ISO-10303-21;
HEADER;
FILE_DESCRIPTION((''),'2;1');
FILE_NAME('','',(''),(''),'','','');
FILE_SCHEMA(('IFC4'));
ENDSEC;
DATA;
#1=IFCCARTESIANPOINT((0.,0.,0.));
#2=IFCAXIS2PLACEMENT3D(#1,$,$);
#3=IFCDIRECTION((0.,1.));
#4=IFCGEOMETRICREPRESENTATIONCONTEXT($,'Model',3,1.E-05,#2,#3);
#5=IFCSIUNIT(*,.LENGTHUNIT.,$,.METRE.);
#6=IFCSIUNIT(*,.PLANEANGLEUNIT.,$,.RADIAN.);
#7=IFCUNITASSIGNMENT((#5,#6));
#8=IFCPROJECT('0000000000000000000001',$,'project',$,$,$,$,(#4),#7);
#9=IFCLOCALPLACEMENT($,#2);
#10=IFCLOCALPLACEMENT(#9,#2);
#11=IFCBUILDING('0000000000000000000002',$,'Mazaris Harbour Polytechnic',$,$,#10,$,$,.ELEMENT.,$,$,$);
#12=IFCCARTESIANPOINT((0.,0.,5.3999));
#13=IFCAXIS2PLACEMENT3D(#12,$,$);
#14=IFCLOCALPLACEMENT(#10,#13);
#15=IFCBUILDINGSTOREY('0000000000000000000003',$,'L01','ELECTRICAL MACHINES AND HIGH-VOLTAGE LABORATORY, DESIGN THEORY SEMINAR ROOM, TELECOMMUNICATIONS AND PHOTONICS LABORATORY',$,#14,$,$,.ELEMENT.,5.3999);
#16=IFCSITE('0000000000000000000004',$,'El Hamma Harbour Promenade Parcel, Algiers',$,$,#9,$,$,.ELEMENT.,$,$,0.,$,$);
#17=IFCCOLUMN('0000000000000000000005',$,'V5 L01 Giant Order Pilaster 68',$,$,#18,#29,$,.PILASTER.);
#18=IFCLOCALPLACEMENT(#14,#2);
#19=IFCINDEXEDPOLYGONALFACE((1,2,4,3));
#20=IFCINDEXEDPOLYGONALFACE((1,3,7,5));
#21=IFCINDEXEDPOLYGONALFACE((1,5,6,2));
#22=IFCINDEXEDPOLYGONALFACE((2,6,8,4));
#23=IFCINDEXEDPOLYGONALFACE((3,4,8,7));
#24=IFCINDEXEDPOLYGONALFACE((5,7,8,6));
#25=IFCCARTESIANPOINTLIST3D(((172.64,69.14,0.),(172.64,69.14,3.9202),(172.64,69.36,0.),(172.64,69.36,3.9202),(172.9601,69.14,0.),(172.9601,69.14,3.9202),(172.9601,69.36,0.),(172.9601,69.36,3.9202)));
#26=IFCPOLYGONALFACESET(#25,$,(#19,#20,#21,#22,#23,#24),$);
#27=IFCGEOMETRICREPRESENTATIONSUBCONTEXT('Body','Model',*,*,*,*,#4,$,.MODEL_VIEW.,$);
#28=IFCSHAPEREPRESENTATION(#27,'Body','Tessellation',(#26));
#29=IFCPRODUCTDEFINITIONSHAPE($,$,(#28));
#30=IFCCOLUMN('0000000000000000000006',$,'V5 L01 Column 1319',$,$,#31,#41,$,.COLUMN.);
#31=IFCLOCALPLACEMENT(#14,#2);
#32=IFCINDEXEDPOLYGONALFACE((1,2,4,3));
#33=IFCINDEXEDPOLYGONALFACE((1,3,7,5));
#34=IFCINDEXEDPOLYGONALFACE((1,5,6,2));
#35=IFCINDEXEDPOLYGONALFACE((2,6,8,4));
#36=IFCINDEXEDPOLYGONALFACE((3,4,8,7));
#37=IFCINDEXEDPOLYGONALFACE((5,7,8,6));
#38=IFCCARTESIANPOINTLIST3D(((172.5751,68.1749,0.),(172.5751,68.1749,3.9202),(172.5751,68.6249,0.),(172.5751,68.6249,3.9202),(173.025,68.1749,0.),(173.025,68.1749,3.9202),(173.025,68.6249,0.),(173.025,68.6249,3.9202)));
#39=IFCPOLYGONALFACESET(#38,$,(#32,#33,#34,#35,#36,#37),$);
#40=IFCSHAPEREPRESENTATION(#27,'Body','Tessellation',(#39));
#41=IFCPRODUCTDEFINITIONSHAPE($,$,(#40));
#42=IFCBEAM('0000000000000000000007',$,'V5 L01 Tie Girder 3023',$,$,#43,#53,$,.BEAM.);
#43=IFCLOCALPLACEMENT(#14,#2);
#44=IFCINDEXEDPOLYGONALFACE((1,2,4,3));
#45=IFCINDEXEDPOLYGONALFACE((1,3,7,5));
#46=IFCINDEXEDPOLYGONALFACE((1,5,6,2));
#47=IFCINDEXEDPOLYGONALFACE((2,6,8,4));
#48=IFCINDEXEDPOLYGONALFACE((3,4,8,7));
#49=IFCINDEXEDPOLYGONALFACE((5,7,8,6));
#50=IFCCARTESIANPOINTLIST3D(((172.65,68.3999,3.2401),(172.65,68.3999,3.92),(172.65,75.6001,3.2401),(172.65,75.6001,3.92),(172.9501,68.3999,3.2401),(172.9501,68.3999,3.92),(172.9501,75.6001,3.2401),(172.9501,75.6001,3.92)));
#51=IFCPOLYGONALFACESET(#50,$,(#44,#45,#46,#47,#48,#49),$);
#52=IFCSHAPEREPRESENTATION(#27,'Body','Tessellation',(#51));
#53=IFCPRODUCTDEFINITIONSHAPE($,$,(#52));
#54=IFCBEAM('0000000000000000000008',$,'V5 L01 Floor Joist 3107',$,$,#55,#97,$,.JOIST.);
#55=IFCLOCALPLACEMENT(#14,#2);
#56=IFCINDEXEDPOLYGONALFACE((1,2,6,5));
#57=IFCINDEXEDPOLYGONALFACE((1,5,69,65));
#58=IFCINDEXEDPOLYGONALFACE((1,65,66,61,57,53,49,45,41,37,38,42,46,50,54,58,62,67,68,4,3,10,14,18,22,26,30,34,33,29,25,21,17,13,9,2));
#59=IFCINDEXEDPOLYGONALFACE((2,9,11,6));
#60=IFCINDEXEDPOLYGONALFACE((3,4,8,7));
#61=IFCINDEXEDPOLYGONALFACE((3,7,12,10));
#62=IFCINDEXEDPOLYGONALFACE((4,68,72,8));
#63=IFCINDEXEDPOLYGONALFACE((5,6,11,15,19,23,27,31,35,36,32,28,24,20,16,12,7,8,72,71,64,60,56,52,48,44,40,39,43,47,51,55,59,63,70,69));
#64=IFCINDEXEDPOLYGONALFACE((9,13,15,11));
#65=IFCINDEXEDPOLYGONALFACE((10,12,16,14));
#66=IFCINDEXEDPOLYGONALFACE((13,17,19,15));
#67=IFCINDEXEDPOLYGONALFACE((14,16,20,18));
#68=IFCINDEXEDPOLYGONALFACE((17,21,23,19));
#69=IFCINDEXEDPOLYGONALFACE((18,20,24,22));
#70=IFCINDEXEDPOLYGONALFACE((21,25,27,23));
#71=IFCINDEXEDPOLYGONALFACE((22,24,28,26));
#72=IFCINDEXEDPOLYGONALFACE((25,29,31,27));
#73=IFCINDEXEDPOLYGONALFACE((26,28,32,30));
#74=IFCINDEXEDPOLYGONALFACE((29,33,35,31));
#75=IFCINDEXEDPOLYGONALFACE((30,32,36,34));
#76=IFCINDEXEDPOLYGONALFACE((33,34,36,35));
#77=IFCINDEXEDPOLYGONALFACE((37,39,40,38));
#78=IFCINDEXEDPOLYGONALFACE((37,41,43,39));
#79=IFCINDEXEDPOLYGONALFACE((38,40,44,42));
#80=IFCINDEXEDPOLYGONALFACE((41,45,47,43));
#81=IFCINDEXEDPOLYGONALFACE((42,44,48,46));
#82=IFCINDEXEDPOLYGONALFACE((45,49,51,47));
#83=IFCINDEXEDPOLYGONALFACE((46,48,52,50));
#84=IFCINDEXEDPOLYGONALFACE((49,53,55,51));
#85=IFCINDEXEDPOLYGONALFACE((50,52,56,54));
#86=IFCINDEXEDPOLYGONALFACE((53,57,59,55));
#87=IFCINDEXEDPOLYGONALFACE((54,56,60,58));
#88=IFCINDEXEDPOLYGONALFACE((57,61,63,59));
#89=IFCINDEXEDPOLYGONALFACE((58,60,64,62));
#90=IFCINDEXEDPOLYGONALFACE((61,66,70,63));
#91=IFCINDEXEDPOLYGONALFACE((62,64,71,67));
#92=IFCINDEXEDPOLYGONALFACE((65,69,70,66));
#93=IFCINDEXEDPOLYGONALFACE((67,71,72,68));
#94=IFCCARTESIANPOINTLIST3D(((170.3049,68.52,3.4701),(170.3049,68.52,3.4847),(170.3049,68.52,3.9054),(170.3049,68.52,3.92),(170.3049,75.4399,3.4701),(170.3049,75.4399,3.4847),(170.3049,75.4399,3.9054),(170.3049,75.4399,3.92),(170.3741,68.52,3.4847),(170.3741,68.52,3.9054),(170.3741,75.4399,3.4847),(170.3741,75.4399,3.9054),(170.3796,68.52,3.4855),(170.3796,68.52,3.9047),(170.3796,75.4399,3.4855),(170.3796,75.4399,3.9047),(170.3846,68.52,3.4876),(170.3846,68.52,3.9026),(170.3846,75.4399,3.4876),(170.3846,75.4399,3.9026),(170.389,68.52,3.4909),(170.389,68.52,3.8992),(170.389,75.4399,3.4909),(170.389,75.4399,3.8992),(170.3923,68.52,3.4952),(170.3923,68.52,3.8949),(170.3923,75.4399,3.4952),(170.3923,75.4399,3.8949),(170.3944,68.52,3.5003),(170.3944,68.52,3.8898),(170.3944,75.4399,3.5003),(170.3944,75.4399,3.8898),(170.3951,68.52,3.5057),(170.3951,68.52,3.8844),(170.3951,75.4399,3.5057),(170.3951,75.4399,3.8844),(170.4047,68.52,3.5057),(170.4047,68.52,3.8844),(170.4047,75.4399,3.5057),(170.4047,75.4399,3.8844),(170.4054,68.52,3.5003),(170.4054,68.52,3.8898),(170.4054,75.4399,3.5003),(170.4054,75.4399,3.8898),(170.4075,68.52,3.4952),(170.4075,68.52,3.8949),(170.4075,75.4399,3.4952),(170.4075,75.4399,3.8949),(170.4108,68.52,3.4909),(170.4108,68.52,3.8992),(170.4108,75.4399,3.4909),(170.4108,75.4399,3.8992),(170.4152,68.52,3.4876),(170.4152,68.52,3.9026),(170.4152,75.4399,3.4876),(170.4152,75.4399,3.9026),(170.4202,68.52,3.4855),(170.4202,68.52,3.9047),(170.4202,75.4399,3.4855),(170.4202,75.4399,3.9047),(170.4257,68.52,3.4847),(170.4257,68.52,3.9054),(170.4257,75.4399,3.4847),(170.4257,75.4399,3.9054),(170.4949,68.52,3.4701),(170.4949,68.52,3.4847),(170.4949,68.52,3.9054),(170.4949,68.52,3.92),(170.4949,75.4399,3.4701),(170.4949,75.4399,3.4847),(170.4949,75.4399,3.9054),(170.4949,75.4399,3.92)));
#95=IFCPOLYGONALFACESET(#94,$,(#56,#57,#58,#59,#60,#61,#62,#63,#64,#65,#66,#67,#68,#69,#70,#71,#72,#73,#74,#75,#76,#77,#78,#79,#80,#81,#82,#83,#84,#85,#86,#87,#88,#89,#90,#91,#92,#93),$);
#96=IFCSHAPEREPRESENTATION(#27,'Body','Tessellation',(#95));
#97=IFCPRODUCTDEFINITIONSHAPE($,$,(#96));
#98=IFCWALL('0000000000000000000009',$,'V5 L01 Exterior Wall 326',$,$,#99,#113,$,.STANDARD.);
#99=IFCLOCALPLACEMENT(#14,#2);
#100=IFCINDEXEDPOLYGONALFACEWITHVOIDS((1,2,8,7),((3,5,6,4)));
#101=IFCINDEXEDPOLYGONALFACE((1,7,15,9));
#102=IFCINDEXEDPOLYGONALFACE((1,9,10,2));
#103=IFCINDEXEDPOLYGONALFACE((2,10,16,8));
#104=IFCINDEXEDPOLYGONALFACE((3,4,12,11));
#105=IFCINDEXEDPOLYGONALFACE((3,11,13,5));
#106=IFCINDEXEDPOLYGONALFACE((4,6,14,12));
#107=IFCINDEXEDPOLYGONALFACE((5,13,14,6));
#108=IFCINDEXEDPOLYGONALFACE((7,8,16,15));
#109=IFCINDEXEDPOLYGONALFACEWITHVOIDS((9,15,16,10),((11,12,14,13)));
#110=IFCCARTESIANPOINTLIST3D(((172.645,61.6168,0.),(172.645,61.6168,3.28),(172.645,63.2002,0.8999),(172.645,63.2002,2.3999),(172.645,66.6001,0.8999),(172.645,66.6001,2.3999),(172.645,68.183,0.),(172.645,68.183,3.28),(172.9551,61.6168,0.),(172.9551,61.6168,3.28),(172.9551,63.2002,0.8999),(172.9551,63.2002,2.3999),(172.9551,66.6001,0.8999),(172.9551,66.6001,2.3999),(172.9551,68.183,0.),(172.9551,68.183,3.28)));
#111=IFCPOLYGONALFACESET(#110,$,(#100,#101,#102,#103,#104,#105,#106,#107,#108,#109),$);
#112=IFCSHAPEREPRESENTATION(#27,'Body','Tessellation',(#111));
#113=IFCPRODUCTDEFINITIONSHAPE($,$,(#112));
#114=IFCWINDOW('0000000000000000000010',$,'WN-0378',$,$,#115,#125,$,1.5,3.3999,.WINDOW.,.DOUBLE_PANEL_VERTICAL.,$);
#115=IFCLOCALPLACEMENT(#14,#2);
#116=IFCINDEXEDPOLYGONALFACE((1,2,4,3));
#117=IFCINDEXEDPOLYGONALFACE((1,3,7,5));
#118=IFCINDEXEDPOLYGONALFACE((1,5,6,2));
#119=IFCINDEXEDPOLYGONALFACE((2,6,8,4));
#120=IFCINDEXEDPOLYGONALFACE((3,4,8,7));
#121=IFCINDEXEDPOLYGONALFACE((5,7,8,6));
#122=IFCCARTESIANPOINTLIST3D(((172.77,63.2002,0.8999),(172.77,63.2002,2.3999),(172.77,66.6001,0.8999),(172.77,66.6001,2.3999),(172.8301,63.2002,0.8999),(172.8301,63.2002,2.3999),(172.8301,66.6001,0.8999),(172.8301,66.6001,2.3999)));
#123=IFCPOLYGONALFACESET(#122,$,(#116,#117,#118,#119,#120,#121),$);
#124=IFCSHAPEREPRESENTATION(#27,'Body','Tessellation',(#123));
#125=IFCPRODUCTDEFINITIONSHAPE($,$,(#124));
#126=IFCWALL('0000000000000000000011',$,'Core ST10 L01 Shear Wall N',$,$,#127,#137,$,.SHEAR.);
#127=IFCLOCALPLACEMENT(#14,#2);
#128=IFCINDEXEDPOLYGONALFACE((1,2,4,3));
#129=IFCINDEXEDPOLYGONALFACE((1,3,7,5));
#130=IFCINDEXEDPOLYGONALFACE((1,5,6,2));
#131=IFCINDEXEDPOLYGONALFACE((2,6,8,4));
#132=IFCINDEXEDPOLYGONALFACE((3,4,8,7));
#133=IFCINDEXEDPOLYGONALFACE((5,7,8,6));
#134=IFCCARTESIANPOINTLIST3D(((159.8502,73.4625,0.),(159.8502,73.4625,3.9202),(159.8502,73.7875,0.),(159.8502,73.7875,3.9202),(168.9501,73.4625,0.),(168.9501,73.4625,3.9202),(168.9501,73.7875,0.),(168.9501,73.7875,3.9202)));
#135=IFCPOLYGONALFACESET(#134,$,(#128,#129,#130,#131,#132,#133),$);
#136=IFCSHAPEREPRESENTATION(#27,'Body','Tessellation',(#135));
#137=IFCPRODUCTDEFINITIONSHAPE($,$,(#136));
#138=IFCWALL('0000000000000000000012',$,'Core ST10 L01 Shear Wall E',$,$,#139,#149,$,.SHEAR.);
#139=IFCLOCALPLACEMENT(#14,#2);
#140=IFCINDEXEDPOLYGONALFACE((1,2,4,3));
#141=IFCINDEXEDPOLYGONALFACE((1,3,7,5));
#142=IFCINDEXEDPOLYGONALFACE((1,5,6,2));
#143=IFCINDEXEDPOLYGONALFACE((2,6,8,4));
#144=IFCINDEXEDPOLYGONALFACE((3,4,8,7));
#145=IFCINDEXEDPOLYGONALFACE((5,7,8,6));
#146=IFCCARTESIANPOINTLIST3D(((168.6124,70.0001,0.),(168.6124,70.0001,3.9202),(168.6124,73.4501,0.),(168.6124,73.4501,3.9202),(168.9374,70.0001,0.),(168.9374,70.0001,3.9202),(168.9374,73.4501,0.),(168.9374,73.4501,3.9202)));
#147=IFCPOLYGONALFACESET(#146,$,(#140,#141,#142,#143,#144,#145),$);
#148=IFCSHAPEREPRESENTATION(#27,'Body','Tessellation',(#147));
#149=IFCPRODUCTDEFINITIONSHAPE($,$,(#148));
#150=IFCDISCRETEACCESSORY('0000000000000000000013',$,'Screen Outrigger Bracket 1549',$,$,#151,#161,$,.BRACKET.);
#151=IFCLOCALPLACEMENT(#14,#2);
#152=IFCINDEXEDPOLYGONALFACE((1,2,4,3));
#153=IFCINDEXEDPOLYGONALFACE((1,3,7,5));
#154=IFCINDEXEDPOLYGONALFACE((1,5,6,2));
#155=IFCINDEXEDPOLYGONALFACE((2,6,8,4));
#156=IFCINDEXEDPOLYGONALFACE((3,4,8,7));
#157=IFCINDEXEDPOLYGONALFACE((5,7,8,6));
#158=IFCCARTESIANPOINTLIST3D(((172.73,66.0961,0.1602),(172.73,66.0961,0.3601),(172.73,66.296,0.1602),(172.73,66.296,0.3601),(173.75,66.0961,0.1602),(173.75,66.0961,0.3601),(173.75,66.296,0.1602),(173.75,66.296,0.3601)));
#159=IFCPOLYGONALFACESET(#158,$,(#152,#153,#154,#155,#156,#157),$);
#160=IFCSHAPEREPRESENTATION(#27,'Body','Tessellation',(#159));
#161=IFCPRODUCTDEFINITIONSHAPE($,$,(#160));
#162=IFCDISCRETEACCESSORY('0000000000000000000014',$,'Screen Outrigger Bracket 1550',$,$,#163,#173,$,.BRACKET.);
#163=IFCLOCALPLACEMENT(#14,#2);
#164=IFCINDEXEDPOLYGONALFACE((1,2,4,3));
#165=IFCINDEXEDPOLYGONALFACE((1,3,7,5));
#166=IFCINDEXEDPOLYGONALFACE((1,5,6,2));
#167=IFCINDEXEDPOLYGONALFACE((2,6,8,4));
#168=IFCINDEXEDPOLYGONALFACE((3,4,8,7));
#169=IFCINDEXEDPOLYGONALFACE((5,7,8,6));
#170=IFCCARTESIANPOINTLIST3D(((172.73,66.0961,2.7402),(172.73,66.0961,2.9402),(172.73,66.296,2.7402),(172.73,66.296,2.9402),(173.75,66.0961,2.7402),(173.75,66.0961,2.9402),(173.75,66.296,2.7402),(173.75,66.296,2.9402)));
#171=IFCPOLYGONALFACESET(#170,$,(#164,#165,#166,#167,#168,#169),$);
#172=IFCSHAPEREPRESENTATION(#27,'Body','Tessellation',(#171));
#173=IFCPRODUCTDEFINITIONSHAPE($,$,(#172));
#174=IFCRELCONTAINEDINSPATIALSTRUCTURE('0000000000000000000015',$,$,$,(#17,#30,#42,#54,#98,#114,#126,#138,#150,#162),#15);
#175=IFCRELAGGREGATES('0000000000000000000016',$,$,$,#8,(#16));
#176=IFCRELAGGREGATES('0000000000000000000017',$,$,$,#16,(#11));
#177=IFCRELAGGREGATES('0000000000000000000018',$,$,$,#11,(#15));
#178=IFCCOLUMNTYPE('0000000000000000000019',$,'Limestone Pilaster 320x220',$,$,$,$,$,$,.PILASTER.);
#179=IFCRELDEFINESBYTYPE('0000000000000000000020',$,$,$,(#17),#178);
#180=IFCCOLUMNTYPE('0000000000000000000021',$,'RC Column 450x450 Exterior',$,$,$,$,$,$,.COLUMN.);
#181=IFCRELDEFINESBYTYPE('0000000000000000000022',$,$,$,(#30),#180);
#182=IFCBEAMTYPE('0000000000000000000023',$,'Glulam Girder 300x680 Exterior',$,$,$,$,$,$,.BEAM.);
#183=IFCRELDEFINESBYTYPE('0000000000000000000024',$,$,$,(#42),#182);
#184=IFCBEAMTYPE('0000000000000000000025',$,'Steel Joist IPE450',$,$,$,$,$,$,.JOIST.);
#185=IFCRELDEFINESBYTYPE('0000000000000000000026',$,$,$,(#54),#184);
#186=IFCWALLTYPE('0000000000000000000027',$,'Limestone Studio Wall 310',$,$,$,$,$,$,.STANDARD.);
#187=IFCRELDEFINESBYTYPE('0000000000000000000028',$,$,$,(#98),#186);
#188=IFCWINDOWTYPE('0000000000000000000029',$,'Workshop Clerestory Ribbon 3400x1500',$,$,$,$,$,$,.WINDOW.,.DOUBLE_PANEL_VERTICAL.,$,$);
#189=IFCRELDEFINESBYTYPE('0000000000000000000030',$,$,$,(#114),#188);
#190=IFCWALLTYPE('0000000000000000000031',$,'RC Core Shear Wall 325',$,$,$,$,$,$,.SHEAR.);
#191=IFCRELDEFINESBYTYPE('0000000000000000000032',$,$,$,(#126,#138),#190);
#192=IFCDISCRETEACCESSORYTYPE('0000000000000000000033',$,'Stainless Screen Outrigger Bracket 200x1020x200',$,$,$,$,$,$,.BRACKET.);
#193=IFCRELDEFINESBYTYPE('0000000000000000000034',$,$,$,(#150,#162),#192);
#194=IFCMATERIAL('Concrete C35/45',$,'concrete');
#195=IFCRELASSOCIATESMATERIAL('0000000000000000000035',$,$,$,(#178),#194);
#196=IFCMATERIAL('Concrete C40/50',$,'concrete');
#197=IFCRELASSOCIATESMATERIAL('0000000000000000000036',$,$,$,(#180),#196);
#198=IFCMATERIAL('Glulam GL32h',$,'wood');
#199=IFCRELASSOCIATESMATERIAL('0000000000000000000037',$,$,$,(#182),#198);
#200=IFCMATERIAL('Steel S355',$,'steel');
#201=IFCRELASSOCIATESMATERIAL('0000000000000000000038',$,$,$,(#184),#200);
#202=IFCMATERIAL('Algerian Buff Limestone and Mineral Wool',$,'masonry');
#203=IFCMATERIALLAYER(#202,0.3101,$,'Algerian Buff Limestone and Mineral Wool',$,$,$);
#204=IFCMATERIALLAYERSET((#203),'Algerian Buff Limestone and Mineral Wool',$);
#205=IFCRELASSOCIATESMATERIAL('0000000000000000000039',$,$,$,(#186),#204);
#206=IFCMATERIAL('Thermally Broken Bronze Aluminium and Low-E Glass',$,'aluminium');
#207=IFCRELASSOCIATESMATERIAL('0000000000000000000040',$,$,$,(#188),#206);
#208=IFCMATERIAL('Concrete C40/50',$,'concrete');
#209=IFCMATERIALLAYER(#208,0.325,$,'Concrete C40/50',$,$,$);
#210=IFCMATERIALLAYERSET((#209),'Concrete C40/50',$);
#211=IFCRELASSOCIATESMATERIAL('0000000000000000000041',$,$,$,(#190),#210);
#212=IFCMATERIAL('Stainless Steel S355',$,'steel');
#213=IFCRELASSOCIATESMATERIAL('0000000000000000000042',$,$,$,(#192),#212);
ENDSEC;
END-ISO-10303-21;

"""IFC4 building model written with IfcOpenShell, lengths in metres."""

from ifc_helpers import new_model, si_unit, direction, frame, frame_2d, origin, origin_2d, place, context, subcontext, project, spatial, rectangle, i_section, extrude, material, layer, layer_set, material_profile, profile_set, type_object, element, fill, save


model = new_model("IFC4")

# Units and contexts
model_context = context("Model", 3, precision=1e-05, world=origin(), true_north=direction((0.0, 1.0)))
body_context = subcontext(model_context, "Body", "Model", "MODEL_VIEW")
ifc_project = project(units=[si_unit("LENGTHUNIT", "METRE"), si_unit("PLANEANGLEUNIT", "RADIAN")], contexts=[model_context])

# Site, building, storey
site_placement = place(None, origin())
site = spatial("IfcSite", under=ifc_project, at=site_placement, Name="El Hamma Harbour Promenade Parcel, Algiers", CompositionType="ELEMENT", RefElevation=0.0)
building_placement = place(site_placement, origin())
building = spatial("IfcBuilding", under=site, at=building_placement, Name="Mazaris Harbour Polytechnic", CompositionType="ELEMENT")
storey_placement = place(building_placement, frame((0.0, 0.0, 5.3999)))
storey = spatial("IfcBuildingStorey", under=building, at=storey_placement, Name="L01", Description="ELECTRICAL MACHINES AND HIGH-VOLTAGE LABORATORY, DESIGN THEORY SEMINAR ROOM, TELECOMMUNICATIONS AND PHOTONICS LABORATORY", CompositionType="ELEMENT", Elevation=5.3999)

# Columns
ifc_material_1 = material(Name="Concrete C35/45", Category="concrete")
ifc_material_profile_1 = material_profile(ifc_material_1, rectangle(XDim=0.3201, YDim=0.22, at=origin_2d()), Name="RECT320x220")
ifc_profile_set_1 = profile_set([ifc_material_profile_1], Name="Concrete C35/45")
column_type_1 = type_object("IfcColumnType", Name="Limestone Pilaster 320x220", PredefinedType="PILASTER", material=ifc_profile_set_1)
column_1_placement = place(storey_placement, frame((172.8, 69.25, 0.0), z_axis=(0.0, 0.0, 1.0), x_axis=(1.0, 0.0, 0.0)))
element("IfcColumn", 1, at=column_1_placement, inside=storey, type_object=column_type_1, Name="V5 L01 Giant Order Pilaster 68", PredefinedType="PILASTER", context=body_context, shape_type="SweptSolid", body=[
    extrude(rectangle(XDim=0.3201, YDim=0.22, at=origin_2d()), origin(), (0.0, 0.0, 1.0), 3.9202),
])
ifc_material_2 = material(Name="Concrete C40/50", Category="concrete")
ifc_material_profile_2 = material_profile(ifc_material_2, rectangle(XDim=0.45, YDim=0.45, at=origin_2d()), Name="RECT450x450")
ifc_profile_set_2 = profile_set([ifc_material_profile_2], Name="Concrete C40/50")
column_type_2 = type_object("IfcColumnType", Name="RC Column 450x450 Exterior", PredefinedType="COLUMN", material=ifc_profile_set_2)
column_2_placement = place(storey_placement, frame((172.8, 68.3999, 0.0), z_axis=(0.0, 0.0, 1.0), x_axis=(1.0, 0.0, 0.0)))
element("IfcColumn", 2, at=column_2_placement, inside=storey, type_object=column_type_2, Name="V5 L01 Column 1319", PredefinedType="COLUMN", context=body_context, shape_type="SweptSolid", body=[
    extrude(rectangle(XDim=0.45, YDim=0.45, at=origin_2d()), origin(), (0.0, 0.0, 1.0), 3.9202),
])

# Beams
ifc_material_3 = material(Name="Glulam GL32h", Category="wood")
ifc_material_profile_3 = material_profile(ifc_material_3, rectangle(XDim=0.3, YDim=0.6799, at=origin_2d()), Name="RECT300x680")
ifc_profile_set_3 = profile_set([ifc_material_profile_3], Name="Glulam GL32h")
beam_type_1 = type_object("IfcBeamType", Name="Glulam Girder 300x680 Exterior", PredefinedType="BEAM", material=ifc_profile_set_3)
beam_1_placement = place(storey_placement, frame((172.8, 68.3999, 3.5801), z_axis=(0.0, 1.0, 0.0), x_axis=(-1.0, 0.0, 0.0)))
element("IfcBeam", 3, at=beam_1_placement, inside=storey, type_object=beam_type_1, Name="V5 L01 Tie Girder 3023", PredefinedType="BEAM", context=body_context, shape_type="SweptSolid", body=[
    extrude(rectangle(XDim=0.3, YDim=0.6799, at=origin_2d()), origin(), (0.0, 0.0, 1.0), 7.2002),
])
ifc_material_4 = material(Name="Steel S355", Category="steel")
ifc_material_profile_4 = material_profile(ifc_material_4, i_section(OverallWidth=0.1899, OverallDepth=0.45, WebThickness=0.0095, FlangeThickness=0.0146, FilletRadius=0.021, at=origin_2d()), Name="IPE 450")
ifc_profile_set_4 = profile_set([ifc_material_profile_4], Name="Steel S355")
beam_type_2 = type_object("IfcBeamType", Name="Steel Joist IPE450", PredefinedType="JOIST", material=ifc_profile_set_4)
beam_2_placement = place(storey_placement, frame((170.3999, 68.52, 3.6951), z_axis=(0.0, 1.0, 0.0), x_axis=(-1.0, 0.0, 0.0)))
element("IfcBeam", 4, at=beam_2_placement, inside=storey, type_object=beam_type_2, Name="V5 L01 Floor Joist 3107", PredefinedType="JOIST", context=body_context, shape_type="SweptSolid", body=[
    extrude(i_section(OverallWidth=0.1899, OverallDepth=0.45, WebThickness=0.0095, FlangeThickness=0.0146, FilletRadius=0.021, at=origin_2d()), origin(), (0.0, 0.0, 1.0), 6.9199),
])

# Wall, opening, window
ifc_material_5 = material(Name="Algerian Buff Limestone and Mineral Wool", Category="masonry")
ifc_layer_1 = layer(ifc_material_5, 0.3101, Name="Algerian Buff Limestone and Mineral Wool")
ifc_layer_set_1 = layer_set([ifc_layer_1], Name="Algerian Buff Limestone and Mineral Wool")
wall_type_1 = type_object("IfcWallType", Name="Limestone Studio Wall 310", PredefinedType="STANDARD", material=ifc_layer_set_1)
wall_1_placement = place(storey_placement, frame((172.8, 68.1831, 0.0), z_axis=(0.0, 0.0, 1.0), x_axis=(0.0, -1.0, 0.0)))
wall_1 = element("IfcWall", 5, at=wall_1_placement, inside=storey, type_object=wall_type_1, Name="V5 L01 Exterior Wall 326", PredefinedType="STANDARD", context=body_context, shape_type="SweptSolid", body=[
    extrude(rectangle(XDim=6.5662, YDim=0.3101, at=frame_2d((3.2832, 0.0))), origin(), (0.0, 0.0, 1.0), 3.28),
])
opening_placement = place(wall_1_placement, frame((1.583, 0.0, 0.8999)))
opening = element("IfcOpeningElement", 6, at=opening_placement, cuts=wall_1, PredefinedType="OPENING", context=body_context, shape_type="SweptSolid", body=[
    extrude(rectangle(XDim=3.3999, YDim=1.5, at=frame_2d((1.7, 0.75))), frame((0.0, 0.165, 0.0), z_axis=(0.0, -1.0, 0.0), x_axis=(1.0, 0.0, 0.0)), (0.0, 0.0, 1.0), 0.3301),
])
ifc_material_6 = material(Name="Thermally Broken Bronze Aluminium and Low-E Glass", Category="aluminium")
window_type = type_object("IfcWindowType", Name="Workshop Clerestory Ribbon 3400x1500", PartitioningType="DOUBLE_PANEL_VERTICAL", PredefinedType="WINDOW", material=ifc_material_6)
window_placement = place(opening_placement, origin())
window = element("IfcWindow", 7, at=window_placement, inside=storey, type_object=window_type, Name="WN-0378", OverallHeight=1.5, OverallWidth=3.3999, PartitioningType="DOUBLE_PANEL_VERTICAL", PredefinedType="WINDOW", context=body_context, shape_type="SweptSolid", body=[
    extrude(rectangle(XDim=3.3999, YDim=1.5, at=frame_2d((1.7, 0.75))), frame((0.0, 0.03, 0.0), z_axis=(0.0, -1.0, 0.0), x_axis=(1.0, 0.0, 0.0)), (0.0, 0.0, 1.0), 0.0601),
])
fill(opening, window)

# Walls
ifc_material_7 = material(Name="Concrete C40/50", Category="concrete")
ifc_layer_2 = layer(ifc_material_7, 0.325, Name="Concrete C40/50")
ifc_layer_set_2 = layer_set([ifc_layer_2], Name="Concrete C40/50")
wall_type_2 = type_object("IfcWallType", Name="RC Core Shear Wall 325", PredefinedType="SHEAR", material=ifc_layer_set_2)
wall_2_placement = place(storey_placement, frame((168.95, 73.625, 0.0), z_axis=(0.0, 0.0, 1.0), x_axis=(-1.0, 0.0, 0.0)))
element("IfcWall", 8, at=wall_2_placement, inside=storey, type_object=wall_type_2, Name="Core ST10 L01 Shear Wall N", PredefinedType="SHEAR", context=body_context, shape_type="SweptSolid", body=[
    extrude(rectangle(XDim=9.0999, YDim=0.325, at=frame_2d((4.5498, 0.0))), origin(), (0.0, 0.0, 1.0), 3.9202),
])
wall_3_placement = place(storey_placement, frame((168.7749, 70.0, 0.0), z_axis=(0.0, 0.0, 1.0), x_axis=(0.0, 1.0, 0.0)))
element("IfcWall", 9, at=wall_3_placement, inside=storey, type_object=wall_type_2, Name="Core ST10 L01 Shear Wall E", PredefinedType="SHEAR", context=body_context, shape_type="SweptSolid", body=[
    extrude(rectangle(XDim=3.45, YDim=0.325, at=frame_2d((1.7251, 0.0))), origin(), (0.0, 0.0, 1.0), 3.9202),
])

# Discrete accessories
ifc_material_8 = material(Name="Stainless Steel S355", Category="steel")
discrete_accessory_type = type_object("IfcDiscreteAccessoryType", Name="Stainless Screen Outrigger Bracket 200x1020x200", PredefinedType="BRACKET", material=ifc_material_8)
for number, where, z_axis, x_axis, name in (
    (10, (173.24, 66.196, 0.1602), (0.0, 0.0, 1.0), (0.0, -1.0, 0.0), "Screen Outrigger Bracket 1549"),
    (11, (173.24, 66.196, 2.7402), (0.0, 0.0, 1.0), (0.0, -1.0, 0.0), "Screen Outrigger Bracket 1550"),
):
    element("IfcDiscreteAccessory", number, at=place(storey_placement, frame(where, z_axis=z_axis, x_axis=x_axis)), inside=storey, type_object=discrete_accessory_type, Name=name, PredefinedType="BRACKET", context=body_context, shape_type="SweptSolid", body=[
        extrude(rectangle(XDim=0.2, YDim=1.02, at=origin_2d()), origin(), (0.0, 0.0, 1.0), 0.2),
    ])

save(model, "model.ifc")
